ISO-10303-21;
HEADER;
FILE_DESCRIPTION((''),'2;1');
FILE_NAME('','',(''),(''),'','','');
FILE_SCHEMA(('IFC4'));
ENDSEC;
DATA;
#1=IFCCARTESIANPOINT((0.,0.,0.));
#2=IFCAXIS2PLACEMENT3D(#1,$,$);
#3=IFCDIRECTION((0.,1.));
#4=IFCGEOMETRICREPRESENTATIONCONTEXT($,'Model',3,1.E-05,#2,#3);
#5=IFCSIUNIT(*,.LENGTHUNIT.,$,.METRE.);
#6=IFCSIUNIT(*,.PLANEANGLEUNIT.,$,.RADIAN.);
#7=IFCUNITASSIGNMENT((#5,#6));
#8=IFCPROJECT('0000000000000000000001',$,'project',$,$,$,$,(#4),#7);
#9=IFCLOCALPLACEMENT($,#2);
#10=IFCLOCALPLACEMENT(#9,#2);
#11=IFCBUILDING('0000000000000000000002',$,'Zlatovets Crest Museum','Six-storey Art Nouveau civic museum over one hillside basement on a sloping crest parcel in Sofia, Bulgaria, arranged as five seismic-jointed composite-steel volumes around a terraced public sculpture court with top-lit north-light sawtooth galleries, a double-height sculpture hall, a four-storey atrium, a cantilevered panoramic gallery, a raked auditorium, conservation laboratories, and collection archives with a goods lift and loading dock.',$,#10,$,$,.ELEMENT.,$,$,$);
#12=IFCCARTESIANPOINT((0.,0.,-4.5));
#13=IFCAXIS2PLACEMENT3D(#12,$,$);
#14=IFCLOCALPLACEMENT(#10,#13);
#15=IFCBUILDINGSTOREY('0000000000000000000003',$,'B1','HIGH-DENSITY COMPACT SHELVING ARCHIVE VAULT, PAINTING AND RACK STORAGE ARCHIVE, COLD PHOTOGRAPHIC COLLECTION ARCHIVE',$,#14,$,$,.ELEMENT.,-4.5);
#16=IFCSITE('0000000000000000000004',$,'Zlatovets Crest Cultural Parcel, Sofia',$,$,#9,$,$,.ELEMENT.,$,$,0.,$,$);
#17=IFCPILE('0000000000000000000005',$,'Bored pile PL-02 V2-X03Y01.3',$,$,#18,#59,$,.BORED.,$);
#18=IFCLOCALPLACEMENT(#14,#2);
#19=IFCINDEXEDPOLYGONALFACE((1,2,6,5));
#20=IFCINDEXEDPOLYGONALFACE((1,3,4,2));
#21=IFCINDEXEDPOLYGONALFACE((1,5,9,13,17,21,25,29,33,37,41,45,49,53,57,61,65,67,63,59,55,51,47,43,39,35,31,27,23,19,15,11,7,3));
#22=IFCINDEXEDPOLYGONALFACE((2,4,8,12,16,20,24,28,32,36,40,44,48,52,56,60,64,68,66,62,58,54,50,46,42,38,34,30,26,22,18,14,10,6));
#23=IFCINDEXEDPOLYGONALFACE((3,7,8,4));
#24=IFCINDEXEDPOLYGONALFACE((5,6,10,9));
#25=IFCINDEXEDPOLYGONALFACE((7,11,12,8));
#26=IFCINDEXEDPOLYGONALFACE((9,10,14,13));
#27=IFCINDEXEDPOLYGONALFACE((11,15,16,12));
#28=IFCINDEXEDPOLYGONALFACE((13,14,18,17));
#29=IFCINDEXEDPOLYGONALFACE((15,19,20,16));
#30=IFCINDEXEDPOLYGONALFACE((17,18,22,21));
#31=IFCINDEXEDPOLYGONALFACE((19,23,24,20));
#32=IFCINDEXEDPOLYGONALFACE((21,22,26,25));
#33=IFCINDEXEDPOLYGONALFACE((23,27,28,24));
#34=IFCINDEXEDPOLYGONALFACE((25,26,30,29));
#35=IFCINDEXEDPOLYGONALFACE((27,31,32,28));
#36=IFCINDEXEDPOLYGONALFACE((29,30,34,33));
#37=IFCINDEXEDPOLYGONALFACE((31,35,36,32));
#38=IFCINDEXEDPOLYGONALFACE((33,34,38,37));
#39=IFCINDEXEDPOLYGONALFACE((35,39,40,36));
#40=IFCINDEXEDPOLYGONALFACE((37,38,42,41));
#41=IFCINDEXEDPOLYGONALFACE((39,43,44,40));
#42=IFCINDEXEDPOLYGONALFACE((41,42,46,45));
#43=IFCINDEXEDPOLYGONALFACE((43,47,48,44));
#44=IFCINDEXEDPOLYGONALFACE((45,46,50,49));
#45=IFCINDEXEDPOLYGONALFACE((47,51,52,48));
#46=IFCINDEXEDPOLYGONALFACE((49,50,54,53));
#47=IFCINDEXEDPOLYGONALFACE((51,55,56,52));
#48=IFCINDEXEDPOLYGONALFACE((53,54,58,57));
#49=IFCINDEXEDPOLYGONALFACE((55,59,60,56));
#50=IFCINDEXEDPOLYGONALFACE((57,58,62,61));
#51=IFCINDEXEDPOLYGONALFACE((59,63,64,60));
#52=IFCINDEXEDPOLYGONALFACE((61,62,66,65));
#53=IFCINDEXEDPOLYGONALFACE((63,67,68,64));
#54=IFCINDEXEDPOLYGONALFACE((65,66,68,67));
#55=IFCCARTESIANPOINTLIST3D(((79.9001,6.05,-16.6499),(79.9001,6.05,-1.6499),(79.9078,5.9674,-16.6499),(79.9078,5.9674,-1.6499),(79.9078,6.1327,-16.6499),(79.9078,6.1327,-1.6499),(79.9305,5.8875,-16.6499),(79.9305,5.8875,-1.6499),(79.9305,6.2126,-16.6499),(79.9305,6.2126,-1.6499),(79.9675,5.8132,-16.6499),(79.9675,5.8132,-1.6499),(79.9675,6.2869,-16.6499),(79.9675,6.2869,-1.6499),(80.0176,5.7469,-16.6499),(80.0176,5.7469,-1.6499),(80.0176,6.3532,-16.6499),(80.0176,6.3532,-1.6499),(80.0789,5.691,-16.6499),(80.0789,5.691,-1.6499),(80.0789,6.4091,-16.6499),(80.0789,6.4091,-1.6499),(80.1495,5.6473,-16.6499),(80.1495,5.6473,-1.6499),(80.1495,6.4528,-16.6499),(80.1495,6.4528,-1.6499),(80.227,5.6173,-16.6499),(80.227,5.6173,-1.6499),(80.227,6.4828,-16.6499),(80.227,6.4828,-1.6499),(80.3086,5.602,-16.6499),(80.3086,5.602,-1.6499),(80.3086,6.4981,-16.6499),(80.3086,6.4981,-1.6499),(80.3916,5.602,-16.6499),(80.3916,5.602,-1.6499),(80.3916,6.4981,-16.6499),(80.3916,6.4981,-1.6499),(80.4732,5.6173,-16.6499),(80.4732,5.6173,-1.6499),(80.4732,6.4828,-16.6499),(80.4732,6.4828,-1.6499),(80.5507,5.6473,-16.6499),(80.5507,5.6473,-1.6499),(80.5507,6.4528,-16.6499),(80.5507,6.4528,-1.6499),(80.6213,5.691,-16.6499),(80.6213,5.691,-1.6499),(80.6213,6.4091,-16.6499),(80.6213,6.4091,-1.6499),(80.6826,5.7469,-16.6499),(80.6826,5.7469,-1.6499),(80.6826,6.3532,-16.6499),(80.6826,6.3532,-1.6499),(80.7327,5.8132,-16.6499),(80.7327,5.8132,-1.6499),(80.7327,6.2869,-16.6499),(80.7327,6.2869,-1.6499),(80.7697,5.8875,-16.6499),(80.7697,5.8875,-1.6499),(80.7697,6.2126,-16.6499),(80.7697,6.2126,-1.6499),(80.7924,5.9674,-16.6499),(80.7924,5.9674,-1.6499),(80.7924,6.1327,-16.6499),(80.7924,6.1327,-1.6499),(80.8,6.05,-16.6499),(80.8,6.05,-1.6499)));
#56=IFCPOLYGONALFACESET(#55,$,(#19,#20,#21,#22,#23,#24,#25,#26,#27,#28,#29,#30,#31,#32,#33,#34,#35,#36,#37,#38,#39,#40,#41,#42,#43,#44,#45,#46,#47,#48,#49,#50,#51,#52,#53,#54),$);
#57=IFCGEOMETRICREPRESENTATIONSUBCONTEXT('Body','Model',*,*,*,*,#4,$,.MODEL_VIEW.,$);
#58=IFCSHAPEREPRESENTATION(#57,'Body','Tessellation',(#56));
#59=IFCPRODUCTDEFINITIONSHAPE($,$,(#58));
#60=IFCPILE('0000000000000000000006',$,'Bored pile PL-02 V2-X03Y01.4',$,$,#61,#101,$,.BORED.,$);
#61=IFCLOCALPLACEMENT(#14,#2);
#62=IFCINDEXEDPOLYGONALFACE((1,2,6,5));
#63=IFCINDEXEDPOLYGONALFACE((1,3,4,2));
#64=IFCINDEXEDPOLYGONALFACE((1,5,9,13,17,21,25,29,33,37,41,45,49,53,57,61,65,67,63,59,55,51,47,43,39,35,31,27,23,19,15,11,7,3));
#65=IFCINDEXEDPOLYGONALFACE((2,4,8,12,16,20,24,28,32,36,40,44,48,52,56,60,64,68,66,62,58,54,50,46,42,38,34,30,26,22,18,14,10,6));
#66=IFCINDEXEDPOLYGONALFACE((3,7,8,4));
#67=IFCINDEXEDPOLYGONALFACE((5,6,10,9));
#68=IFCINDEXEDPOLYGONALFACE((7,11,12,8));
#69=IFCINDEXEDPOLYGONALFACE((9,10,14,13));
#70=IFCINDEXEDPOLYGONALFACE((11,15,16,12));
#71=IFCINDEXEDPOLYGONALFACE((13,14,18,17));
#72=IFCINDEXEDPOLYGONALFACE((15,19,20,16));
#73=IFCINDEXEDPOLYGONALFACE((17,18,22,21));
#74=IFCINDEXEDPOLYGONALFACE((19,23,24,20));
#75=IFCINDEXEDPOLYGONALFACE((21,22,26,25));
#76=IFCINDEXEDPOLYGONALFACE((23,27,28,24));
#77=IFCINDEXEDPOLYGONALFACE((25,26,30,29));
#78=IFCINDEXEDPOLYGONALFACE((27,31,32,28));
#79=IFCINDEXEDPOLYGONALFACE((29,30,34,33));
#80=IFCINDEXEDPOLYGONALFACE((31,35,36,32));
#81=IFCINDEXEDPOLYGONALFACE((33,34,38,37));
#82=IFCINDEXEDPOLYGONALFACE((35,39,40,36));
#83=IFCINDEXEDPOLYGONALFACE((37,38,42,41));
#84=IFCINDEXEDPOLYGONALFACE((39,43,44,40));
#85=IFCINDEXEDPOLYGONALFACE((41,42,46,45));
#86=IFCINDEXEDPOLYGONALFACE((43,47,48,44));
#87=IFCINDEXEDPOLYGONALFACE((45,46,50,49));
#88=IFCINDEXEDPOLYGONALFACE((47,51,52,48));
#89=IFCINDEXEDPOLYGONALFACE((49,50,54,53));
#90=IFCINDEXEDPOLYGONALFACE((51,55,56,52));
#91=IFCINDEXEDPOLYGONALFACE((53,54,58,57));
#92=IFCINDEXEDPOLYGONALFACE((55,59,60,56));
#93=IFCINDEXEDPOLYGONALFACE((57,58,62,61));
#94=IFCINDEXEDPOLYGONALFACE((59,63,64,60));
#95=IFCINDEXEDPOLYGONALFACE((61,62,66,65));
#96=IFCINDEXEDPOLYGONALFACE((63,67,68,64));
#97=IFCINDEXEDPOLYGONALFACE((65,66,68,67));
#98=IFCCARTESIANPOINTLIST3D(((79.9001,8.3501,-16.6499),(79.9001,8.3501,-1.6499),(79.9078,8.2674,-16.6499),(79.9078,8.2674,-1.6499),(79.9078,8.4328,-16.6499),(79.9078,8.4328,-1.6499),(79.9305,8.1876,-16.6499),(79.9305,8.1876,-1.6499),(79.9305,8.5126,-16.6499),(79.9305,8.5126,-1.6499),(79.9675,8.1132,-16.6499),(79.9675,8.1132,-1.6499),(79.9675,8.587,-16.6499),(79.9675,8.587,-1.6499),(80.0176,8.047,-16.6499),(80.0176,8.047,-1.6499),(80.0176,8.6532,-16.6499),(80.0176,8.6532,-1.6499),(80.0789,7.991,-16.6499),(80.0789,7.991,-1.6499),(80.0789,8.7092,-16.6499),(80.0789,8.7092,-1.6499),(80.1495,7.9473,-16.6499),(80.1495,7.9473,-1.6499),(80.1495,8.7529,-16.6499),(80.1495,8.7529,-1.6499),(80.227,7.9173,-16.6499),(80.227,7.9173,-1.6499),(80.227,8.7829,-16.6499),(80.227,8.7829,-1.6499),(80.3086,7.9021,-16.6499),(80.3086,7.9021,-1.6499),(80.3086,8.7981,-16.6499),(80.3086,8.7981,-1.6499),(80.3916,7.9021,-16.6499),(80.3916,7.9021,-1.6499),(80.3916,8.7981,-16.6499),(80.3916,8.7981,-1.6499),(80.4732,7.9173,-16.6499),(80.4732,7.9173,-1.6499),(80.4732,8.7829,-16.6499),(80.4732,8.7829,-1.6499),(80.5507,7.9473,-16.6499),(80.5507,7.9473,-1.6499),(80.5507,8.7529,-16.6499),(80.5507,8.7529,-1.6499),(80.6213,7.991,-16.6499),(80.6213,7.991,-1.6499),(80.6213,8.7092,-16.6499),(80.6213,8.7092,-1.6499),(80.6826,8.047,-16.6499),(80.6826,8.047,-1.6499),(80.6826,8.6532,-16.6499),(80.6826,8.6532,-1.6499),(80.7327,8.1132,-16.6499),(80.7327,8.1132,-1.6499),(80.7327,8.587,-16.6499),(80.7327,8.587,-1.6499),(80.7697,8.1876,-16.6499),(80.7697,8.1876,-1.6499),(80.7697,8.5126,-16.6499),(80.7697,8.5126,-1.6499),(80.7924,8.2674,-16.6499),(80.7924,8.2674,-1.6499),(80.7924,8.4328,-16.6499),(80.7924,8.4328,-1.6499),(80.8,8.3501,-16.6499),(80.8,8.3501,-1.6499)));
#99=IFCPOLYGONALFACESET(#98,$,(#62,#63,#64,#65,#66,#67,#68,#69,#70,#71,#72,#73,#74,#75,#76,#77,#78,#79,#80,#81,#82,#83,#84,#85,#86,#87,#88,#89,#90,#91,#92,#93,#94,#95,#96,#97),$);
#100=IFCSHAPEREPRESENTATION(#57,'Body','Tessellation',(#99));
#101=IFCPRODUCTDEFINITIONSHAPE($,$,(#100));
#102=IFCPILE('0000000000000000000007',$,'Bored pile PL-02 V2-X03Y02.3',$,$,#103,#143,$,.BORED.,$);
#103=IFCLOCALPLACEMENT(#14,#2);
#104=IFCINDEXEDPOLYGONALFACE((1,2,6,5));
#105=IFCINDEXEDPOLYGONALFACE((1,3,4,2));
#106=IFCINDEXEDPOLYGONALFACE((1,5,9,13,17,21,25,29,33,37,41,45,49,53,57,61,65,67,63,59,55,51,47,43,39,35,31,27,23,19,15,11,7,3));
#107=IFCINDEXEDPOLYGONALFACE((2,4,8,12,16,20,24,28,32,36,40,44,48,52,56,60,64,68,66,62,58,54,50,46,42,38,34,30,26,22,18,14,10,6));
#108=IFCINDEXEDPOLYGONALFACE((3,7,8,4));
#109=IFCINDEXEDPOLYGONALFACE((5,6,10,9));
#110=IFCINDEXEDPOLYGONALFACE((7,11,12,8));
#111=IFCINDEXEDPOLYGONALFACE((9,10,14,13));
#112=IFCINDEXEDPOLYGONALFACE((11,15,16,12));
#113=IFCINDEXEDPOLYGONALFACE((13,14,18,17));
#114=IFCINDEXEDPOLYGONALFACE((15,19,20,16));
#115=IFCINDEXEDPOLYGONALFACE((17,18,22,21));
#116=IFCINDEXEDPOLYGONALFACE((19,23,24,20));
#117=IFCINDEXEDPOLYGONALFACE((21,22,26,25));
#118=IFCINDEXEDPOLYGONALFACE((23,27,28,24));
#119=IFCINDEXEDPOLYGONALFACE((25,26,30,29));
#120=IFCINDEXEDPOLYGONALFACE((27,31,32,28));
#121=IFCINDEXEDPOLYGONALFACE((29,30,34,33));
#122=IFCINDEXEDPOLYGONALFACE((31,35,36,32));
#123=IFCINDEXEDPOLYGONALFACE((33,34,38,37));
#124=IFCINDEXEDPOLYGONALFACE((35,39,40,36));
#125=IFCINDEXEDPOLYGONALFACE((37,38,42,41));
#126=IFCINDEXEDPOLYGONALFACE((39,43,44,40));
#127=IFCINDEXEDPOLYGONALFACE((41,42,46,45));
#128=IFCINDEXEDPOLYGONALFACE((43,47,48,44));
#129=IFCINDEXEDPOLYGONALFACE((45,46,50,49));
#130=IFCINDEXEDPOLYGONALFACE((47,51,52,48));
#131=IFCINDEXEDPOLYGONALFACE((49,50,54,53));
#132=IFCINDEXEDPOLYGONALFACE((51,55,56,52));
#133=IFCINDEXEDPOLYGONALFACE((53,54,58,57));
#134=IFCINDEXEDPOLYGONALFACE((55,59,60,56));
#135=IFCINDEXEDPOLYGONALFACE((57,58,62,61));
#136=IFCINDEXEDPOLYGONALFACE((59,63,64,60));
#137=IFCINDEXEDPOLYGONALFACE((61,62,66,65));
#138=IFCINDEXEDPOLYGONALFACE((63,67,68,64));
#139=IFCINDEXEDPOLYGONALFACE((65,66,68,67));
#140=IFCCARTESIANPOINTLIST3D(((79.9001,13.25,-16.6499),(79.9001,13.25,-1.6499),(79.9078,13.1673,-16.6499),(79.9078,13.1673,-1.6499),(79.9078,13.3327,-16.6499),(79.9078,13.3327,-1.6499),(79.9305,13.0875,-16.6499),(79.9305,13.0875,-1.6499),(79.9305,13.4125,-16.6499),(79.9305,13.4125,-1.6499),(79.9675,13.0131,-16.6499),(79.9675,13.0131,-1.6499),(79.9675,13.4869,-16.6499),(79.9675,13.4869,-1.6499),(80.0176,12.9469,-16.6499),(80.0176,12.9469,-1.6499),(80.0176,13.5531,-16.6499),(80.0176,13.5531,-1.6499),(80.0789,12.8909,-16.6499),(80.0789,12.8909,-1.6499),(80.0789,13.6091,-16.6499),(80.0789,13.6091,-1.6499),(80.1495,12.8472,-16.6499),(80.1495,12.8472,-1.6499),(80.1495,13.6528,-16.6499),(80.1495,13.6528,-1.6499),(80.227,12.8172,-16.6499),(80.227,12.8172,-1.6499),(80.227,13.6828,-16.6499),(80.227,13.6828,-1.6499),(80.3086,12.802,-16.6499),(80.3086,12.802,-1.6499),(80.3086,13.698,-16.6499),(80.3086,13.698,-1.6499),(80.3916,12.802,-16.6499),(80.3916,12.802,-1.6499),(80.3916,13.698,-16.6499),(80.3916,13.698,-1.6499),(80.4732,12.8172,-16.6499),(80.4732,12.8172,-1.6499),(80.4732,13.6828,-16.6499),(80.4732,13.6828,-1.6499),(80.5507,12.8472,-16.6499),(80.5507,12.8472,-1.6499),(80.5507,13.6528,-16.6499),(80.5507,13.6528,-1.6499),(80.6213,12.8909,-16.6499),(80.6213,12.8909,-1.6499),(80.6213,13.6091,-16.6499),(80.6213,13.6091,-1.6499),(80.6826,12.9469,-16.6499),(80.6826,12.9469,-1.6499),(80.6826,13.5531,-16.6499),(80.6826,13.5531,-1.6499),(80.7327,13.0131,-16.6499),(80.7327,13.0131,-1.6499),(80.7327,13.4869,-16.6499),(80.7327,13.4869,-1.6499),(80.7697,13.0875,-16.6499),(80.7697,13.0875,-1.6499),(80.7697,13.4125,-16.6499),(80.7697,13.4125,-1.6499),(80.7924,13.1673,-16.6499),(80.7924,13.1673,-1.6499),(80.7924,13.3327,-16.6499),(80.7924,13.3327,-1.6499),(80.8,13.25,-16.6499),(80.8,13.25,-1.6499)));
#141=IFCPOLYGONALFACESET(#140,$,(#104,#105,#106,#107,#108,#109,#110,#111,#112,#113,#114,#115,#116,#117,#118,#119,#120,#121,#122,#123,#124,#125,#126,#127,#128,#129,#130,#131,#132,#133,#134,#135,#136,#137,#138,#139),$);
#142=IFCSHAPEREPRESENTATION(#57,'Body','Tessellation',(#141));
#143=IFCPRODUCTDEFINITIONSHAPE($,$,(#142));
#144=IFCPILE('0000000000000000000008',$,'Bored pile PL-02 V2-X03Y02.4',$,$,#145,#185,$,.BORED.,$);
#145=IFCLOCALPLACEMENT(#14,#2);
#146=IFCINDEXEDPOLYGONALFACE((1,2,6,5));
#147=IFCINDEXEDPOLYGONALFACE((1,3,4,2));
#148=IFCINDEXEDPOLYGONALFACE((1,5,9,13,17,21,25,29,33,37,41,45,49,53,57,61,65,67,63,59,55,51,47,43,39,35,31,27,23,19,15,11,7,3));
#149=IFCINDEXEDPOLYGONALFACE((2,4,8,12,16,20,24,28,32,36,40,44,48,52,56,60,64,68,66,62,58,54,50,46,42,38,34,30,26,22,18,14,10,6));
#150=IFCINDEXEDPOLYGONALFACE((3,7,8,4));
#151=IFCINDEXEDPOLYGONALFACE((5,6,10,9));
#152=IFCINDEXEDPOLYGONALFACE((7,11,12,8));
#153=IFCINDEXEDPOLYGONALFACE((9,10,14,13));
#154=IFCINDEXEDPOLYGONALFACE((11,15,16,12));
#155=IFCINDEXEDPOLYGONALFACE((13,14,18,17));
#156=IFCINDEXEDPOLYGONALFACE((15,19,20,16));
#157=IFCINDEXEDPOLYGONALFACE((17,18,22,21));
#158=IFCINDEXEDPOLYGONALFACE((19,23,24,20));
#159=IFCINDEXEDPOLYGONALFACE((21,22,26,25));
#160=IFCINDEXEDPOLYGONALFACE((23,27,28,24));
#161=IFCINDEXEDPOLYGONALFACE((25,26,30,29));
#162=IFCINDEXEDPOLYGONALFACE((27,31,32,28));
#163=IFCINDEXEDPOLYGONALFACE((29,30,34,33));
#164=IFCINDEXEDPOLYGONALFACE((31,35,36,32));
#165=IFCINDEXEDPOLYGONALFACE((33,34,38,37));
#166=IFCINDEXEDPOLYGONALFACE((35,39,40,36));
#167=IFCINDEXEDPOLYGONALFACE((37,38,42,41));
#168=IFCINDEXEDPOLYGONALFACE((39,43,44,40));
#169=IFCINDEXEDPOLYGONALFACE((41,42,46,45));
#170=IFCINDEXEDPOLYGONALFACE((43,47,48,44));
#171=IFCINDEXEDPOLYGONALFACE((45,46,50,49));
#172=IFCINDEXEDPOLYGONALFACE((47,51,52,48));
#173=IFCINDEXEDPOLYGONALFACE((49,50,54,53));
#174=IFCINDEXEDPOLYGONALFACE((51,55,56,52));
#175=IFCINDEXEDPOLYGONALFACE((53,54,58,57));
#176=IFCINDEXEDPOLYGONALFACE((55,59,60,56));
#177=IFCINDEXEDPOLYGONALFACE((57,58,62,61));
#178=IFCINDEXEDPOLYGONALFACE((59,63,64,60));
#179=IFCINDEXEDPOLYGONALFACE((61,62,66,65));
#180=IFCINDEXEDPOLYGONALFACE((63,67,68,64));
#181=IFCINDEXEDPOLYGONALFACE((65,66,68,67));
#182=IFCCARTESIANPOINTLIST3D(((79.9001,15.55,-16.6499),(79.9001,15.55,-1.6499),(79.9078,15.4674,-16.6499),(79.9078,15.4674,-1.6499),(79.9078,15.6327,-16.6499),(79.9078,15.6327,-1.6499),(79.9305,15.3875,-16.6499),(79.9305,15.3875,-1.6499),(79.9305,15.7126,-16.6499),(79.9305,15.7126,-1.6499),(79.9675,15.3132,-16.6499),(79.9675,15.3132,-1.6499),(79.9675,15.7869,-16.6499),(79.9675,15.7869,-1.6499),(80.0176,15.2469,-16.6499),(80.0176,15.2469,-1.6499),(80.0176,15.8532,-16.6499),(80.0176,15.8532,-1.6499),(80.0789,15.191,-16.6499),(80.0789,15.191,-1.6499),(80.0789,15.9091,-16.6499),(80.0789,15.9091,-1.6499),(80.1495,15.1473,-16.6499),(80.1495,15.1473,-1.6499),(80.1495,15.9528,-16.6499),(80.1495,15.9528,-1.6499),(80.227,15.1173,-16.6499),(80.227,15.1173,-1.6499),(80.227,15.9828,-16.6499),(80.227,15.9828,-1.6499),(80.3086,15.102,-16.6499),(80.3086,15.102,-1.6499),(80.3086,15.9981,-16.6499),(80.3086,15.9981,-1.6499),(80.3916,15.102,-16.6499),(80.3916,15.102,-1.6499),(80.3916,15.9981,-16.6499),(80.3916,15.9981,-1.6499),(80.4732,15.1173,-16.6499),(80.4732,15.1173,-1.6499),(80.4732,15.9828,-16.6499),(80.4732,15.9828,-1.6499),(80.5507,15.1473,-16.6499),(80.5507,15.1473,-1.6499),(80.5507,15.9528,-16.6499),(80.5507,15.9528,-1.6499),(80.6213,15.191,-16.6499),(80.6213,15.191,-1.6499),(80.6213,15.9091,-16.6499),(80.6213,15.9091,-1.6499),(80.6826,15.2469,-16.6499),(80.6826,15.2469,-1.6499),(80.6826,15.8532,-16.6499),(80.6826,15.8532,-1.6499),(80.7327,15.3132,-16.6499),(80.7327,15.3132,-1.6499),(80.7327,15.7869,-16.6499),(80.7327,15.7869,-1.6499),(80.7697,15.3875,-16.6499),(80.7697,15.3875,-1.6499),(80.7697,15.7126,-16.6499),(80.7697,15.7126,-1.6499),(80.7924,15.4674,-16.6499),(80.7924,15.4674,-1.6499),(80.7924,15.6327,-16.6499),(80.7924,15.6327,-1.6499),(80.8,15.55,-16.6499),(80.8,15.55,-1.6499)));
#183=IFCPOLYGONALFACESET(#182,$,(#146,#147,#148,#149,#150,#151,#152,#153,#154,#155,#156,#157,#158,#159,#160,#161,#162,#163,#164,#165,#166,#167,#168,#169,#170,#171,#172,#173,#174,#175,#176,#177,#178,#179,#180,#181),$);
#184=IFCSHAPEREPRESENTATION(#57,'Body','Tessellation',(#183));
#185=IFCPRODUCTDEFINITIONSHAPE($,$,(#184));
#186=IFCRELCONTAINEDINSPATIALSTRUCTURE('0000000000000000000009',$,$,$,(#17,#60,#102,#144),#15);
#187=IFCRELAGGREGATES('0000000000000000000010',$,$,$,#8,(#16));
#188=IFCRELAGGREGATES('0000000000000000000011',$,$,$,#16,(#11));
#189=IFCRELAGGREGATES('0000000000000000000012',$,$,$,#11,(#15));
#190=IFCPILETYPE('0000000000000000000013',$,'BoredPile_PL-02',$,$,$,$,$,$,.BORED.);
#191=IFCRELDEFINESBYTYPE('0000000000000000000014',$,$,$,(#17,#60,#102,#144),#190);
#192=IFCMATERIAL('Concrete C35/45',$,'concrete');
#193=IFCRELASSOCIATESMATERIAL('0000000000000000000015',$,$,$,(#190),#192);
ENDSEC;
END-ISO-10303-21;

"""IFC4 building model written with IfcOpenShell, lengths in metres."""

from ifc_helpers import new_model, si_unit, direction, frame, origin, origin_2d, place, context, subcontext, project, spatial, circle, extrude, material, material_profile, profile_set, type_object, element, save


model = new_model("IFC4")

# Units and contexts
model_context = context("Model", 3, precision=1e-05, world=origin(), true_north=direction((0.0, 1.0)))
body_context = subcontext(model_context, "Body", "Model", "MODEL_VIEW")
ifc_project = project(units=[si_unit("LENGTHUNIT", "METRE"), si_unit("PLANEANGLEUNIT", "RADIAN")], contexts=[model_context])

# Site, building, storey
site_placement = place(None, origin())
site = spatial("IfcSite", under=ifc_project, at=site_placement, Name="Zlatovets Crest Cultural Parcel, Sofia", CompositionType="ELEMENT", RefElevation=0.0)
building_placement = place(site_placement, origin())
building = spatial("IfcBuilding", under=site, at=building_placement, Name="Zlatovets Crest Museum", Description="Six-storey Art Nouveau civic museum over one hillside basement on a sloping crest parcel in Sofia, Bulgaria, arranged as five seismic-jointed composite-steel volumes around a terraced public sculpture court with top-lit north-light sawtooth galleries, a double-height sculpture hall, a four-storey atrium, a cantilevered panoramic gallery, a raked auditorium, conservation laboratories, and collection archives with a goods lift and loading dock.", CompositionType="ELEMENT")
storey_placement = place(building_placement, frame((0.0, 0.0, -4.5)))
storey = spatial("IfcBuildingStorey", under=building, at=storey_placement, Name="B1", Description="HIGH-DENSITY COMPACT SHELVING ARCHIVE VAULT, PAINTING AND RACK STORAGE ARCHIVE, COLD PHOTOGRAPHIC COLLECTION ARCHIVE", CompositionType="ELEMENT", Elevation=-4.5)

# Piles
ifc_material_1 = material(Name="Concrete C35/45", Category="concrete")
ifc_material_profile_1 = material_profile(ifc_material_1, circle(Radius=0.45, at=origin_2d()), Name="PILE D900")
ifc_profile_set_1 = profile_set([ifc_material_profile_1], Name="Concrete C35/45")
pile_type = type_object("IfcPileType", Name="BoredPile_PL-02", PredefinedType="BORED", material=ifc_profile_set_1)
for number, where, z_axis, x_axis, name in (
    (1, (80.3501, 6.05, -1.6499), (0.0, 0.0, -1.0), (1.0, 0.0, 0.0), "Bored pile PL-02 V2-X03Y01.3"),
    (2, (80.3501, 8.3501, -1.6499), (0.0, 0.0, -1.0), (1.0, 0.0, 0.0), "Bored pile PL-02 V2-X03Y01.4"),
    (3, (80.3501, 13.25, -1.6499), (0.0, 0.0, -1.0), (1.0, 0.0, 0.0), "Bored pile PL-02 V2-X03Y02.3"),
    (4, (80.3501, 15.55, -1.6499), (0.0, 0.0, -1.0), (1.0, 0.0, 0.0), "Bored pile PL-02 V2-X03Y02.4"),
):
    element("IfcPile", number, at=place(storey_placement, frame(where, z_axis=z_axis, x_axis=x_axis)), inside=storey, type_object=pile_type, Name=name, PredefinedType="BORED", context=body_context, shape_type="SweptSolid", body=[
        extrude(circle(Radius=0.45, at=origin_2d()), origin(), (0.0, 0.0, 1.0), 15.0),
    ])

save(model, "model.ifc")
